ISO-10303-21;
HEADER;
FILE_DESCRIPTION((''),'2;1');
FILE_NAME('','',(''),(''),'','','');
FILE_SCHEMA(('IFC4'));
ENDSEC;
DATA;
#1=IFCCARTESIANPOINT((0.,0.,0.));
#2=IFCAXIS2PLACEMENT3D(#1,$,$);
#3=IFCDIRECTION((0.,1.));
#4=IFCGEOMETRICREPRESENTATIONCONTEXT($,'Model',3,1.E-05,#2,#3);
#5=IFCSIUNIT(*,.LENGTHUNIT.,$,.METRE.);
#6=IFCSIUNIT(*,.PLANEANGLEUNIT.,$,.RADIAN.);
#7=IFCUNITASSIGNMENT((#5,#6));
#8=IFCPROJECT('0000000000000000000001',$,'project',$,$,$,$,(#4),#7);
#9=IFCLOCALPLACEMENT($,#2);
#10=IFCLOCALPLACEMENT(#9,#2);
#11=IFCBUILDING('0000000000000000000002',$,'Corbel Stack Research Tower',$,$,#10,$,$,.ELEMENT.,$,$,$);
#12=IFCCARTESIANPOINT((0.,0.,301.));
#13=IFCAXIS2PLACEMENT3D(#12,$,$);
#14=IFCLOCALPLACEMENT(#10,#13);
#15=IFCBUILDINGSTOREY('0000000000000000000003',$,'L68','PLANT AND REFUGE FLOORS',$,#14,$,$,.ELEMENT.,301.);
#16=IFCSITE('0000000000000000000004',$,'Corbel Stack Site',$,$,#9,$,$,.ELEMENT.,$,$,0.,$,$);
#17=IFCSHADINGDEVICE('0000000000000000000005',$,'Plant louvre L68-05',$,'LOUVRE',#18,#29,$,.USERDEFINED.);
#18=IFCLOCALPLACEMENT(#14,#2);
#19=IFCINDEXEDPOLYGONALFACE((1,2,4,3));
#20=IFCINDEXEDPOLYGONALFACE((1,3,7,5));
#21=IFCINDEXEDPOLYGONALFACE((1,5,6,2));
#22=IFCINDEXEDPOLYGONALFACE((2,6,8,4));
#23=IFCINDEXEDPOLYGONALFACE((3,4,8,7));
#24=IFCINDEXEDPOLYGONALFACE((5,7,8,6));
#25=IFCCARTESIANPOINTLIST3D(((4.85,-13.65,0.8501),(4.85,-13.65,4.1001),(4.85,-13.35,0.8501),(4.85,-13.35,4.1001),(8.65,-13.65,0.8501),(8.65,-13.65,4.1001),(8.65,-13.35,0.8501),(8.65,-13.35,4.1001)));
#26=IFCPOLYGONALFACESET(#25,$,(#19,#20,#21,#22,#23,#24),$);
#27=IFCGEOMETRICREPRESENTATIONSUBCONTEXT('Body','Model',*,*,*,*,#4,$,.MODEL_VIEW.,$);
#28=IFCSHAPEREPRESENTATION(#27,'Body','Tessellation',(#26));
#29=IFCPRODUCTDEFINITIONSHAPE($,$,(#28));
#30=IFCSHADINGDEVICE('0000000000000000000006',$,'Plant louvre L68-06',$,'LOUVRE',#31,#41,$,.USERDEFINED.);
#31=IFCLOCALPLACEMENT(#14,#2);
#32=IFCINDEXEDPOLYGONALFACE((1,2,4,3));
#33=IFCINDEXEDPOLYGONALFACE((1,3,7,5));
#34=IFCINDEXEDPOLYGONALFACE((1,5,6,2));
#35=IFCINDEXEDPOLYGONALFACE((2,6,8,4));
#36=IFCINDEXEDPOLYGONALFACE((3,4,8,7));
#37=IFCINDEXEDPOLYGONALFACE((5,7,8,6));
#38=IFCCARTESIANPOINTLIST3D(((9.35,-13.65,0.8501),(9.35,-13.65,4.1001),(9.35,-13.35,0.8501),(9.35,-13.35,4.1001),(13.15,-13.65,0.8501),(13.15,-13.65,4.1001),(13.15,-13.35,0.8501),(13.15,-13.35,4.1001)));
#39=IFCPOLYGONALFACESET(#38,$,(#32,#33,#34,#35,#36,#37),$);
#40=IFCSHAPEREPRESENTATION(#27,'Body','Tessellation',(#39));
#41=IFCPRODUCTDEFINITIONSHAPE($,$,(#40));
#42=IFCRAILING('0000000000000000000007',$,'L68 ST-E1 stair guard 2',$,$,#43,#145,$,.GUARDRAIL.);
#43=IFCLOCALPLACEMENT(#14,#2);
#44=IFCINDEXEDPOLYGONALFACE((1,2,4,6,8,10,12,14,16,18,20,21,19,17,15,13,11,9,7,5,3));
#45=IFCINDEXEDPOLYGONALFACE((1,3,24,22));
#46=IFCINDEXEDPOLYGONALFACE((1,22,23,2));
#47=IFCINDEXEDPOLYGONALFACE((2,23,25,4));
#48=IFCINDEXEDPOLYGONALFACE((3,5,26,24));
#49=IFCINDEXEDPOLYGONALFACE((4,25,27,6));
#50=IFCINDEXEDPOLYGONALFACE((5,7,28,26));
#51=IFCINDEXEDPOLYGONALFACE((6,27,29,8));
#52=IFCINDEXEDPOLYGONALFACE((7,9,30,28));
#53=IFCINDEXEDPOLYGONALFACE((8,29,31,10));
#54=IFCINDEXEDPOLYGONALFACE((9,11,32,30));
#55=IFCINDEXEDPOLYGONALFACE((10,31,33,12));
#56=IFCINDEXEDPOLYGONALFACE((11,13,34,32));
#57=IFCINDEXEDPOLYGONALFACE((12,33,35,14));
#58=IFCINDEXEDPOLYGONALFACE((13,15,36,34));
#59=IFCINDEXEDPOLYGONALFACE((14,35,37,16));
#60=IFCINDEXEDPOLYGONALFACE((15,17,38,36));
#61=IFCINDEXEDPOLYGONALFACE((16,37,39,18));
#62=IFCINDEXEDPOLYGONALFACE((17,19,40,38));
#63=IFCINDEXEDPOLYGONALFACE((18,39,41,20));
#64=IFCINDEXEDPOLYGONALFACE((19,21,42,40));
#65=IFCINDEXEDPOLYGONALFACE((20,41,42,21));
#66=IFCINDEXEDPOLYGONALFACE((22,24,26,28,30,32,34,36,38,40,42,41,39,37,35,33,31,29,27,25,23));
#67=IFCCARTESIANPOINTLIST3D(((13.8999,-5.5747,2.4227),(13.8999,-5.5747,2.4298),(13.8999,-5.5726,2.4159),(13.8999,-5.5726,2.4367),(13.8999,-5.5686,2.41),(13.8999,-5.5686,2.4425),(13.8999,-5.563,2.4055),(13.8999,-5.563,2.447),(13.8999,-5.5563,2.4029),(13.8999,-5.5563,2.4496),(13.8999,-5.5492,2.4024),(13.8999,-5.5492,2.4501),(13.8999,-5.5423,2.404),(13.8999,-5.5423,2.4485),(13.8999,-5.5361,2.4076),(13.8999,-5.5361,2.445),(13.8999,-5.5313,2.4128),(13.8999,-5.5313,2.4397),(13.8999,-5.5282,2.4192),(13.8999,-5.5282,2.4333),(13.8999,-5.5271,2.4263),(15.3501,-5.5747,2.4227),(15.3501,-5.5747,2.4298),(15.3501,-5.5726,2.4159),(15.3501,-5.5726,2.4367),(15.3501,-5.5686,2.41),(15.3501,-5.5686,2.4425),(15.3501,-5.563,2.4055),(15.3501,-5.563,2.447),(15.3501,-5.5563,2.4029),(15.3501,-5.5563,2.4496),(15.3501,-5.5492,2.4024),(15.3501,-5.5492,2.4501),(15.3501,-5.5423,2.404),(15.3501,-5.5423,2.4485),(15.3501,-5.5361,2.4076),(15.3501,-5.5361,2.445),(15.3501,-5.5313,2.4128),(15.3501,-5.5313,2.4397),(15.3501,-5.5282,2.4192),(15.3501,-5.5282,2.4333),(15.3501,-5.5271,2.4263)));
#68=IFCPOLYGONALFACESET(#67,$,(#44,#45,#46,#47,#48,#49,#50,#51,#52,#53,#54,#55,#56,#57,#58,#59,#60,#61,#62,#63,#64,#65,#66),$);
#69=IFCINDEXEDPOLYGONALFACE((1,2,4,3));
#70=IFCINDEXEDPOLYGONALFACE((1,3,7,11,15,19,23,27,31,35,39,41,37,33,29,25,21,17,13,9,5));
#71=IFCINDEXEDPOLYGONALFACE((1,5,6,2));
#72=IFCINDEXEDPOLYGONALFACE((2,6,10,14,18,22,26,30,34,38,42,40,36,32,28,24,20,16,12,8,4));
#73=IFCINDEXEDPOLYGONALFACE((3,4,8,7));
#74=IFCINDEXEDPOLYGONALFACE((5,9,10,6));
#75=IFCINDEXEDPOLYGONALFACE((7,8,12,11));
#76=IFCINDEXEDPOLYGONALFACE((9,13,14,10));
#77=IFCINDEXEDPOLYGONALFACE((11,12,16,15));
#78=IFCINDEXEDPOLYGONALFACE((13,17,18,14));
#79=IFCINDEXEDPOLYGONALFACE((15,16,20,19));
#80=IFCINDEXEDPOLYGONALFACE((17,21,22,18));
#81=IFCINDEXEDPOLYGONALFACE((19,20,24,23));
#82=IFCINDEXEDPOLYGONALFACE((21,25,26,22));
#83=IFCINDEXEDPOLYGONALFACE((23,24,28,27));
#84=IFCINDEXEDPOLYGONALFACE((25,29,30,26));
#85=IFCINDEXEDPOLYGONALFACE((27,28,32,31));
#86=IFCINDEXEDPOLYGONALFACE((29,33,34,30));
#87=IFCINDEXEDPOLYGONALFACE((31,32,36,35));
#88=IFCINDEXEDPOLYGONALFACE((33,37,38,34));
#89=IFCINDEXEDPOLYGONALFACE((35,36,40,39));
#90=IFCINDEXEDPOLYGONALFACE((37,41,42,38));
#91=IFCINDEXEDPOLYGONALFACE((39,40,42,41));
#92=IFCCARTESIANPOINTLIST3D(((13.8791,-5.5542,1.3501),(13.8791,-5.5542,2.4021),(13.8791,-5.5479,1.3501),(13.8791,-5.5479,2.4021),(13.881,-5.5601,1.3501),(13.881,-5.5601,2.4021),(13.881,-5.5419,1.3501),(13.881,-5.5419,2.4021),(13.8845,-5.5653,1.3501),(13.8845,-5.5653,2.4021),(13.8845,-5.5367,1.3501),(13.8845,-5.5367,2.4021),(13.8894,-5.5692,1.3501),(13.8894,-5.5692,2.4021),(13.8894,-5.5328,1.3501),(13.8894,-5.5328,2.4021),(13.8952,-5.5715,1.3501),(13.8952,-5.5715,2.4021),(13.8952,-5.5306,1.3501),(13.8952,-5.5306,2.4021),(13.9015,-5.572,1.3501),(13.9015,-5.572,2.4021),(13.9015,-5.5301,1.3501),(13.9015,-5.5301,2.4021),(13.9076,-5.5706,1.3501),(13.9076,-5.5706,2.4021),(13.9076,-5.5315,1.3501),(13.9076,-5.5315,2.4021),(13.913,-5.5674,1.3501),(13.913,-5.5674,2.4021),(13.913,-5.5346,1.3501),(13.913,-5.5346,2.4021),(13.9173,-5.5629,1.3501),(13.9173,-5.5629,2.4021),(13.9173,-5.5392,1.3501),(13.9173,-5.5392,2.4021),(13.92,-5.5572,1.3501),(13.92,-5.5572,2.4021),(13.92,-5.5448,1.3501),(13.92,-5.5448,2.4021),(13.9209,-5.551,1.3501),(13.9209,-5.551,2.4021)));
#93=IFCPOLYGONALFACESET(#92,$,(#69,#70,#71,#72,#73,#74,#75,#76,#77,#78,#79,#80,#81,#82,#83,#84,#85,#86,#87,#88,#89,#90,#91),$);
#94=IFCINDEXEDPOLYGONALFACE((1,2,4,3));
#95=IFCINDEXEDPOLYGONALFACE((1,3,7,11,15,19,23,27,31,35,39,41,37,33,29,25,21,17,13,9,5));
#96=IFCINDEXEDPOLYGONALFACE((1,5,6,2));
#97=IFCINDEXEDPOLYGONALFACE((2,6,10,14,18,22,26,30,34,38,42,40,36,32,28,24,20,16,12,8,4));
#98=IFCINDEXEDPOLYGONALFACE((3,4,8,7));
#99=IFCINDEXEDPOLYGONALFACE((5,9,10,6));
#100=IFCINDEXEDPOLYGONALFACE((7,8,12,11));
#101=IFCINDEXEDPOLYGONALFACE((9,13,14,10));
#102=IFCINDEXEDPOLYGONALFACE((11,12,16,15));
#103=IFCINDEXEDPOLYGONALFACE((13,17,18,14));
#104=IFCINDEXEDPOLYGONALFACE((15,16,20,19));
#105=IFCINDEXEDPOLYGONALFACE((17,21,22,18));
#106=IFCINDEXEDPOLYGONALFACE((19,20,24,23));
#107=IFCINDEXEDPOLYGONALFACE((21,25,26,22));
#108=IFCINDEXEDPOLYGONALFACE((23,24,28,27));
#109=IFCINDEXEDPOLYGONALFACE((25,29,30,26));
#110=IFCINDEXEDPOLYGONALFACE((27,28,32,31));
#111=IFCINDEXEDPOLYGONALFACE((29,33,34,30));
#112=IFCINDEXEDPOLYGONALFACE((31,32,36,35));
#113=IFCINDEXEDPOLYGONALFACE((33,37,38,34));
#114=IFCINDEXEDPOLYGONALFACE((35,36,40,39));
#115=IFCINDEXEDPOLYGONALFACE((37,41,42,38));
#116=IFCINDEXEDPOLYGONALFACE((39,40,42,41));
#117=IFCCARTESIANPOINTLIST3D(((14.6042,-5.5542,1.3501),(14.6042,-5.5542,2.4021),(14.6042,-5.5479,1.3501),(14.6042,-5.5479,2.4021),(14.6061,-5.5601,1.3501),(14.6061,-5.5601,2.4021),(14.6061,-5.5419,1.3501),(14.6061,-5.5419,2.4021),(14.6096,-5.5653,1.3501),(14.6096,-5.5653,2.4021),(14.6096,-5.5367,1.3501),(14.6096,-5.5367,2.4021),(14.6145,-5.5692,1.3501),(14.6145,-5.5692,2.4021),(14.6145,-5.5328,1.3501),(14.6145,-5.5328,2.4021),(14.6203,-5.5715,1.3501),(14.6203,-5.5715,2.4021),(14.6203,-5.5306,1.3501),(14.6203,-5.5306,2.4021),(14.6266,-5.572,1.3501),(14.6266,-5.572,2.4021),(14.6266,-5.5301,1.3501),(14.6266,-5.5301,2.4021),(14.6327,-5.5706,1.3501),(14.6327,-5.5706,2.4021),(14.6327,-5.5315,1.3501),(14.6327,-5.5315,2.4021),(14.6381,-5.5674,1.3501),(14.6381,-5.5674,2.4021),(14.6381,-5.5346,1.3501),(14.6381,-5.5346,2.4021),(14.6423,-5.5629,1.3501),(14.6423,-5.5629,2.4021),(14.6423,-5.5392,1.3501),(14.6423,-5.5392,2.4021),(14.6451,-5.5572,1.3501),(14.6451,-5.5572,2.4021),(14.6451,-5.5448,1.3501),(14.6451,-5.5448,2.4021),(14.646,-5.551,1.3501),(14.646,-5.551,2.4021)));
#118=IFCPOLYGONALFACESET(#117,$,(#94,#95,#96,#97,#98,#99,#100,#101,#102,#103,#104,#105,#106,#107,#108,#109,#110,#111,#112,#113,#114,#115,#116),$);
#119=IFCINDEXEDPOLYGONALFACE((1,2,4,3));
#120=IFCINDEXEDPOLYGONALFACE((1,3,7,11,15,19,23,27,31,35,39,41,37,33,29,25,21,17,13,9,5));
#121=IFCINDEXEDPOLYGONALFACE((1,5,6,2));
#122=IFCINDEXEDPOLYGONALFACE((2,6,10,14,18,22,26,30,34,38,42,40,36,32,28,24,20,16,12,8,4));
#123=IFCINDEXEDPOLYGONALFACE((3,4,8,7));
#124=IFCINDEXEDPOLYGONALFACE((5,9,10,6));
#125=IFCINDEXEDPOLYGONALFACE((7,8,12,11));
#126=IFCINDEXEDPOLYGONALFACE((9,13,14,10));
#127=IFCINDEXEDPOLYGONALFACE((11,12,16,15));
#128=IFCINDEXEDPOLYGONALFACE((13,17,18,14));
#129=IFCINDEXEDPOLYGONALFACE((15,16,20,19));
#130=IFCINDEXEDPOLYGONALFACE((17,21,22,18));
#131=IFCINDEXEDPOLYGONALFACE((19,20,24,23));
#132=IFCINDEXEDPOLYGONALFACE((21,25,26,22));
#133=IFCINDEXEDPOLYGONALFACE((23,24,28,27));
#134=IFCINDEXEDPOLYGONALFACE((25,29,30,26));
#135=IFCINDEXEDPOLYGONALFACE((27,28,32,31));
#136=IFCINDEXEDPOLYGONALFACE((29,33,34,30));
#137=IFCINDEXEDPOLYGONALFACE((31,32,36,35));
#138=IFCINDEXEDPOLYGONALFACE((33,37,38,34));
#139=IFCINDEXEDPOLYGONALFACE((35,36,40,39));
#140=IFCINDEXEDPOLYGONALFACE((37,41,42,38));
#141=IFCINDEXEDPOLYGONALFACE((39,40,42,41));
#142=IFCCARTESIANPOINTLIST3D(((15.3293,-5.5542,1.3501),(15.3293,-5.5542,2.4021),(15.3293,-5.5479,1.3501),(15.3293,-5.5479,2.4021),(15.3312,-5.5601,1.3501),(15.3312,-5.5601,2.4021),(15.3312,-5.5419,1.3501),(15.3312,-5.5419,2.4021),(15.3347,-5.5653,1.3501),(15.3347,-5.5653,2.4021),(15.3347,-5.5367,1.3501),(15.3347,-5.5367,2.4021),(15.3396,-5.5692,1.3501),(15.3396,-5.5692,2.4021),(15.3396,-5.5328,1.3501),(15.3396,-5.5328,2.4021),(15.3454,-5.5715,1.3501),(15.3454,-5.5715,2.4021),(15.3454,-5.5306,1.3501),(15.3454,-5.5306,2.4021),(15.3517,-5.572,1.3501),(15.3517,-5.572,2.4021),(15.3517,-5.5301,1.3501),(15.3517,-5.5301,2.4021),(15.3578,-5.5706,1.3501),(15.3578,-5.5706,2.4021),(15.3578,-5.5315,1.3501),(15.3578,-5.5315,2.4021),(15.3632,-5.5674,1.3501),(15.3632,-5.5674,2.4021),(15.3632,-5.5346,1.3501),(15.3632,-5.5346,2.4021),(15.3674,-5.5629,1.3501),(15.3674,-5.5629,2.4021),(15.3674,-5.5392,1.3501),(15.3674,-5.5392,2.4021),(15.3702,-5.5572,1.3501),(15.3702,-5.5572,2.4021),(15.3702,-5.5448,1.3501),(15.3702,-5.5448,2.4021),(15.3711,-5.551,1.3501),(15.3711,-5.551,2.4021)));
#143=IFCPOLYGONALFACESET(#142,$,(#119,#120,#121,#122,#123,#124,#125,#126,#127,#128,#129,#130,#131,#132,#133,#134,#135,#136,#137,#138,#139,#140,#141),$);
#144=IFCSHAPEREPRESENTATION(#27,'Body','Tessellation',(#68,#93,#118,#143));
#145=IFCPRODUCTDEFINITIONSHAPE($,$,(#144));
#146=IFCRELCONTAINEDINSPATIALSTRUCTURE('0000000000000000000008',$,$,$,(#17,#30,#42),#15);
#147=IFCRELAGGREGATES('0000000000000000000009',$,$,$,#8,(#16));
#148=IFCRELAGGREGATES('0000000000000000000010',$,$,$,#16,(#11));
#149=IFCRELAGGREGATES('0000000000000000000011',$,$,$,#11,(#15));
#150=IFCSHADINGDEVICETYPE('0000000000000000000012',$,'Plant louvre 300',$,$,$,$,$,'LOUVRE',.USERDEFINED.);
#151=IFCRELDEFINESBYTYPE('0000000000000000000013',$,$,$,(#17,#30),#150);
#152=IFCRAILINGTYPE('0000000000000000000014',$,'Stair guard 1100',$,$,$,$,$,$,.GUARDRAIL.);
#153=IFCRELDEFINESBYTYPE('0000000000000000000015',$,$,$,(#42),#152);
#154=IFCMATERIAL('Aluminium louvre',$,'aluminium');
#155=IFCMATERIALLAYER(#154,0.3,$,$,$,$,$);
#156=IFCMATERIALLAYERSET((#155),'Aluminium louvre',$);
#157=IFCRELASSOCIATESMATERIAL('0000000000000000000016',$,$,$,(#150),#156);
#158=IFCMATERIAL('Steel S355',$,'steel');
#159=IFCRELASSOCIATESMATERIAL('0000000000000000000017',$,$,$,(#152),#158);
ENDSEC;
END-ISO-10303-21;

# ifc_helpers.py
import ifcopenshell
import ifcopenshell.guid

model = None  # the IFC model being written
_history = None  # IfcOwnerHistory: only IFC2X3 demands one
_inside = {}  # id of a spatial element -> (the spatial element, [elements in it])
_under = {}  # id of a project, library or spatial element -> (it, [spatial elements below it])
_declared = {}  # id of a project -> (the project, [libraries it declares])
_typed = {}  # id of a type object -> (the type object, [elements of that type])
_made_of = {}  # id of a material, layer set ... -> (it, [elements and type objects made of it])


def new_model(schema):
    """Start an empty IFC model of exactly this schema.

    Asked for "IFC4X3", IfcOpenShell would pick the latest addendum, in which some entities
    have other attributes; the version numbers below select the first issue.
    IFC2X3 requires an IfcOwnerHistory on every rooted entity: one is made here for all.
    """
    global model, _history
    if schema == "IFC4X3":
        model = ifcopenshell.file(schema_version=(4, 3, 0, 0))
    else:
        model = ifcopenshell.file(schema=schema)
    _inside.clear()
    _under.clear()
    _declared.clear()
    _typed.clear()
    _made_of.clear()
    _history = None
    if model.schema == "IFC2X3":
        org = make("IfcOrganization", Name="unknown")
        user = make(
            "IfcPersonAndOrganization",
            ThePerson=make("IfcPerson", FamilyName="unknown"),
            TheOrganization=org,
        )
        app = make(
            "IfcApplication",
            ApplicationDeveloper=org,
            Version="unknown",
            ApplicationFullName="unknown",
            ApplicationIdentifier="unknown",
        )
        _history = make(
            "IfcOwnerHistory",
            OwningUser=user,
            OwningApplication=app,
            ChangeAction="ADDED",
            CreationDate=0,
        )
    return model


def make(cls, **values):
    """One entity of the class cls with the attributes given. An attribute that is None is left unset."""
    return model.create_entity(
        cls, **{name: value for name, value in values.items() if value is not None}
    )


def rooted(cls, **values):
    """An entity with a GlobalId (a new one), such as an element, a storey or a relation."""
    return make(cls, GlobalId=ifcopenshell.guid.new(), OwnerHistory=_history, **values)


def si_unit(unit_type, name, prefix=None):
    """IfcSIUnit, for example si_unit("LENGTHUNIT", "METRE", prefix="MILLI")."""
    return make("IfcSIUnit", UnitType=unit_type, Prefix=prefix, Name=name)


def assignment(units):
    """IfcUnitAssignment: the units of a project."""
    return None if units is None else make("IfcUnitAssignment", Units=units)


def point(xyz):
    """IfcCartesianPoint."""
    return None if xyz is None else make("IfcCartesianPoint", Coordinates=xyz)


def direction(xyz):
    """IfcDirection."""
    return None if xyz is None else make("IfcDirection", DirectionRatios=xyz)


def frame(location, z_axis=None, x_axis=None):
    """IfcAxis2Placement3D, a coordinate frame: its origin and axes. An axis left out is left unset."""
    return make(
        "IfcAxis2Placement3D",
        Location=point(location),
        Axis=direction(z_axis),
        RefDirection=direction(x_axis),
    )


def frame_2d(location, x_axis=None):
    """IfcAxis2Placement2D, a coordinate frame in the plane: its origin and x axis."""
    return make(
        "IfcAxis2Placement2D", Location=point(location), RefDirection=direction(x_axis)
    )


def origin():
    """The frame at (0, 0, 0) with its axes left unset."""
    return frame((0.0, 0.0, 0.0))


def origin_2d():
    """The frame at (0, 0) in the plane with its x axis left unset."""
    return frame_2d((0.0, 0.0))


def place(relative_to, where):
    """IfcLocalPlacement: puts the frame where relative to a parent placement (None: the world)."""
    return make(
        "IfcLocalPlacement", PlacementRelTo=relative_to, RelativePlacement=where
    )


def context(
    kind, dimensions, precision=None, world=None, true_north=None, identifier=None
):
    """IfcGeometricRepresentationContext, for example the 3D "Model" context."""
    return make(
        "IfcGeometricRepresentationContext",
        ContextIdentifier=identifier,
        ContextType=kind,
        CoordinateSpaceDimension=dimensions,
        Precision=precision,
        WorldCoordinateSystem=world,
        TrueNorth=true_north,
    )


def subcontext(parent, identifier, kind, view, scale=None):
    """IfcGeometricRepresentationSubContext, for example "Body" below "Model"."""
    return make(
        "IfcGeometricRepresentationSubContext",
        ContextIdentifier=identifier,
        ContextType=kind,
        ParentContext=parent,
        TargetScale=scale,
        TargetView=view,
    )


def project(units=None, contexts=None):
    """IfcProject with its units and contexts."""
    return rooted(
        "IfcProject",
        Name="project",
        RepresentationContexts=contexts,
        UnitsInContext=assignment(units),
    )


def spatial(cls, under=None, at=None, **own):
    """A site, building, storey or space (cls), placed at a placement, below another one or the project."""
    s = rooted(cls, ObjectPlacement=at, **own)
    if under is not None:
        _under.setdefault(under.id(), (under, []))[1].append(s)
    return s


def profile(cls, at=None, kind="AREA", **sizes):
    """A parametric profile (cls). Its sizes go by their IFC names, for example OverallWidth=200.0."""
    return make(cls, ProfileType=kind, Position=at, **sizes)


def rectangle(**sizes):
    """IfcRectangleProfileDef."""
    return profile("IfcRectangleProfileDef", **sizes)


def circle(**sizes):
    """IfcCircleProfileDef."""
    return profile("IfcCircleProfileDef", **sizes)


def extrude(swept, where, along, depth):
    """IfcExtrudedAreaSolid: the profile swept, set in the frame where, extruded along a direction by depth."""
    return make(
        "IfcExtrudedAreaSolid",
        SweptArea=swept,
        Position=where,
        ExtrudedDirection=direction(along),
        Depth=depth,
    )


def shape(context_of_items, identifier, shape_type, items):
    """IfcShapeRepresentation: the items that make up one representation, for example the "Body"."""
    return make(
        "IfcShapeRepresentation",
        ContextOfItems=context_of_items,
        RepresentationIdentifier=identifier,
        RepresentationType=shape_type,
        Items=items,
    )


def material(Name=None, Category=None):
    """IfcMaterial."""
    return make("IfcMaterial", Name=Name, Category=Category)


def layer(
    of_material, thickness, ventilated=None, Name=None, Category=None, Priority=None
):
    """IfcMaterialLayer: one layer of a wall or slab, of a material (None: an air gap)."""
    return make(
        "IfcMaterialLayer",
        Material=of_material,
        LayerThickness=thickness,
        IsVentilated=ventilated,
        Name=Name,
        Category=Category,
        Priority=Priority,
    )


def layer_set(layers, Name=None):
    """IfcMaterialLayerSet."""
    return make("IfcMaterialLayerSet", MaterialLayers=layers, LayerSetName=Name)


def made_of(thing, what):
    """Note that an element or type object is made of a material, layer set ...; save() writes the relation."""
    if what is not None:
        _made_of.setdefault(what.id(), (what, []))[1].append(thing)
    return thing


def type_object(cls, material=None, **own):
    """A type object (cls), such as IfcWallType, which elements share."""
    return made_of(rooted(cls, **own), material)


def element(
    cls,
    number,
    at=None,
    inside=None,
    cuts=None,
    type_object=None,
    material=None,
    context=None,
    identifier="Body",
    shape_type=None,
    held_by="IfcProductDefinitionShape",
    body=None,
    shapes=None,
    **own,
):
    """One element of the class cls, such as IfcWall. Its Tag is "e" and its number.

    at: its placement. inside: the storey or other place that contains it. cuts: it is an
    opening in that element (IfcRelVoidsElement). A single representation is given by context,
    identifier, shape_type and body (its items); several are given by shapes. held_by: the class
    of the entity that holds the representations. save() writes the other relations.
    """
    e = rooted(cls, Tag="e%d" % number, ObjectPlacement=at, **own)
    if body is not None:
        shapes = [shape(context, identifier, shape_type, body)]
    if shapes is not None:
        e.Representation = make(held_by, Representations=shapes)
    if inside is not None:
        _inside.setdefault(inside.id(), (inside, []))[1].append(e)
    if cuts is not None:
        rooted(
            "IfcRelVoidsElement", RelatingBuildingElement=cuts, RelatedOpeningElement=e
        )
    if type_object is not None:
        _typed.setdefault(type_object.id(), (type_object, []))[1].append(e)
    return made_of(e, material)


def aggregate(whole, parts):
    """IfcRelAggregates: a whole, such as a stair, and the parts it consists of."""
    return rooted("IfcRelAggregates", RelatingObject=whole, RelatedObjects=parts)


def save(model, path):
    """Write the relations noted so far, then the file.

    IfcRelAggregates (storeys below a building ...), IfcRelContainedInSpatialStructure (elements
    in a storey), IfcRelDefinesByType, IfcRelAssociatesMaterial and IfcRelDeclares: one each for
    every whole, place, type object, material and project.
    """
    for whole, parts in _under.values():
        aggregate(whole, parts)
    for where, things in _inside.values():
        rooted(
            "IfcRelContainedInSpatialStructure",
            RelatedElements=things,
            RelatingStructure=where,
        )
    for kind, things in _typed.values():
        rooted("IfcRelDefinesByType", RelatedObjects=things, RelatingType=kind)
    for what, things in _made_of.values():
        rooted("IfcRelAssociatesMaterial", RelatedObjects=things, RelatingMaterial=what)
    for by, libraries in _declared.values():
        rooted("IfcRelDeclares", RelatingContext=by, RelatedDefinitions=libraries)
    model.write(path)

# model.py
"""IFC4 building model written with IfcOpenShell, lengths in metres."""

from ifc_helpers import new_model, si_unit, direction, frame, origin, origin_2d, place, context, subcontext, project, spatial, rectangle, circle, extrude, material, layer, layer_set, type_object, element, save


model = new_model("IFC4")

# Units and contexts
model_context = context("Model", 3, precision=1e-05, world=origin(), true_north=direction((0.0, 1.0)))
body_context = subcontext(model_context, "Body", "Model", "MODEL_VIEW")
ifc_project = project(units=[si_unit("LENGTHUNIT", "METRE"), si_unit("PLANEANGLEUNIT", "RADIAN")], contexts=[model_context])

# Site, building, storey
site_placement = place(None, origin())
site = spatial("IfcSite", under=ifc_project, at=site_placement, Name="Corbel Stack Site", CompositionType="ELEMENT", RefElevation=0.0)
building_placement = place(site_placement, origin())
building = spatial("IfcBuilding", under=site, at=building_placement, Name="Corbel Stack Research Tower", CompositionType="ELEMENT")
storey_placement = place(building_placement, frame((0.0, 0.0, 301.0)))
storey = spatial("IfcBuildingStorey", under=building, at=storey_placement, Name="L68", Description="PLANT AND REFUGE FLOORS", CompositionType="ELEMENT", Elevation=301.0)

# Shading devices
ifc_material_1 = material(Name="Aluminium louvre", Category="aluminium")
ifc_layer_1 = layer(ifc_material_1, 0.3)
ifc_layer_set_1 = layer_set([ifc_layer_1], Name="Aluminium louvre")
shading_device_type = type_object("IfcShadingDeviceType", Name="Plant louvre 300", ElementType="LOUVRE", PredefinedType="USERDEFINED", material=ifc_layer_set_1)
for number, where, z_axis, x_axis, name in (
    (1, (6.75, -13.5, 0.8501), (0.0, 0.0, 1.0), (1.0, 0.0, 0.0), "Plant louvre L68-05"),
    (2, (11.25, -13.5, 0.8501), (0.0, 0.0, 1.0), (1.0, 0.0, 0.0), "Plant louvre L68-06"),
):
    element("IfcShadingDevice", number, at=place(storey_placement, frame(where, z_axis=z_axis, x_axis=x_axis)), inside=storey, type_object=shading_device_type, Name=name, ObjectType="LOUVRE", PredefinedType="USERDEFINED", context=body_context, shape_type="SweptSolid", body=[
        extrude(rectangle(XDim=3.8, YDim=0.3, at=origin_2d()), origin(), (0.0, 0.0, 1.0), 3.25),
    ])

# Railing
ifc_material_2 = material(Name="Steel S355", Category="steel")
railing_type = type_object("IfcRailingType", Name="Stair guard 1100", PredefinedType="GUARDRAIL", material=ifc_material_2)
railing_1_placement = place(storey_placement, frame((13.8999, -5.551, 1.3501)))
element("IfcRailing", 3, at=railing_1_placement, inside=storey, type_object=railing_type, Name="L68 ST-E1 stair guard 2", PredefinedType="GUARDRAIL", context=body_context, shape_type="SweptSolid", body=[
    extrude(circle(Radius=0.0239, at=origin_2d()), frame((0.0, 0.0, 1.0762), z_axis=(1.0, 0.0, 0.0), x_axis=(0.0, 1.0, 0.0)), (0.0, 0.0, 1.0), 1.4502),
    extrude(circle(Radius=0.021, at=origin_2d()), origin(), (0.0, 0.0, 1.0), 1.052),
    extrude(circle(Radius=0.021, at=origin_2d()), frame((0.7251, 0.0, 0.0)), (0.0, 0.0, 1.0), 1.052),
    extrude(circle(Radius=0.021, at=origin_2d()), frame((1.4502, 0.0, 0.0)), (0.0, 0.0, 1.0), 1.052),
])

save(model, "model.ifc")
